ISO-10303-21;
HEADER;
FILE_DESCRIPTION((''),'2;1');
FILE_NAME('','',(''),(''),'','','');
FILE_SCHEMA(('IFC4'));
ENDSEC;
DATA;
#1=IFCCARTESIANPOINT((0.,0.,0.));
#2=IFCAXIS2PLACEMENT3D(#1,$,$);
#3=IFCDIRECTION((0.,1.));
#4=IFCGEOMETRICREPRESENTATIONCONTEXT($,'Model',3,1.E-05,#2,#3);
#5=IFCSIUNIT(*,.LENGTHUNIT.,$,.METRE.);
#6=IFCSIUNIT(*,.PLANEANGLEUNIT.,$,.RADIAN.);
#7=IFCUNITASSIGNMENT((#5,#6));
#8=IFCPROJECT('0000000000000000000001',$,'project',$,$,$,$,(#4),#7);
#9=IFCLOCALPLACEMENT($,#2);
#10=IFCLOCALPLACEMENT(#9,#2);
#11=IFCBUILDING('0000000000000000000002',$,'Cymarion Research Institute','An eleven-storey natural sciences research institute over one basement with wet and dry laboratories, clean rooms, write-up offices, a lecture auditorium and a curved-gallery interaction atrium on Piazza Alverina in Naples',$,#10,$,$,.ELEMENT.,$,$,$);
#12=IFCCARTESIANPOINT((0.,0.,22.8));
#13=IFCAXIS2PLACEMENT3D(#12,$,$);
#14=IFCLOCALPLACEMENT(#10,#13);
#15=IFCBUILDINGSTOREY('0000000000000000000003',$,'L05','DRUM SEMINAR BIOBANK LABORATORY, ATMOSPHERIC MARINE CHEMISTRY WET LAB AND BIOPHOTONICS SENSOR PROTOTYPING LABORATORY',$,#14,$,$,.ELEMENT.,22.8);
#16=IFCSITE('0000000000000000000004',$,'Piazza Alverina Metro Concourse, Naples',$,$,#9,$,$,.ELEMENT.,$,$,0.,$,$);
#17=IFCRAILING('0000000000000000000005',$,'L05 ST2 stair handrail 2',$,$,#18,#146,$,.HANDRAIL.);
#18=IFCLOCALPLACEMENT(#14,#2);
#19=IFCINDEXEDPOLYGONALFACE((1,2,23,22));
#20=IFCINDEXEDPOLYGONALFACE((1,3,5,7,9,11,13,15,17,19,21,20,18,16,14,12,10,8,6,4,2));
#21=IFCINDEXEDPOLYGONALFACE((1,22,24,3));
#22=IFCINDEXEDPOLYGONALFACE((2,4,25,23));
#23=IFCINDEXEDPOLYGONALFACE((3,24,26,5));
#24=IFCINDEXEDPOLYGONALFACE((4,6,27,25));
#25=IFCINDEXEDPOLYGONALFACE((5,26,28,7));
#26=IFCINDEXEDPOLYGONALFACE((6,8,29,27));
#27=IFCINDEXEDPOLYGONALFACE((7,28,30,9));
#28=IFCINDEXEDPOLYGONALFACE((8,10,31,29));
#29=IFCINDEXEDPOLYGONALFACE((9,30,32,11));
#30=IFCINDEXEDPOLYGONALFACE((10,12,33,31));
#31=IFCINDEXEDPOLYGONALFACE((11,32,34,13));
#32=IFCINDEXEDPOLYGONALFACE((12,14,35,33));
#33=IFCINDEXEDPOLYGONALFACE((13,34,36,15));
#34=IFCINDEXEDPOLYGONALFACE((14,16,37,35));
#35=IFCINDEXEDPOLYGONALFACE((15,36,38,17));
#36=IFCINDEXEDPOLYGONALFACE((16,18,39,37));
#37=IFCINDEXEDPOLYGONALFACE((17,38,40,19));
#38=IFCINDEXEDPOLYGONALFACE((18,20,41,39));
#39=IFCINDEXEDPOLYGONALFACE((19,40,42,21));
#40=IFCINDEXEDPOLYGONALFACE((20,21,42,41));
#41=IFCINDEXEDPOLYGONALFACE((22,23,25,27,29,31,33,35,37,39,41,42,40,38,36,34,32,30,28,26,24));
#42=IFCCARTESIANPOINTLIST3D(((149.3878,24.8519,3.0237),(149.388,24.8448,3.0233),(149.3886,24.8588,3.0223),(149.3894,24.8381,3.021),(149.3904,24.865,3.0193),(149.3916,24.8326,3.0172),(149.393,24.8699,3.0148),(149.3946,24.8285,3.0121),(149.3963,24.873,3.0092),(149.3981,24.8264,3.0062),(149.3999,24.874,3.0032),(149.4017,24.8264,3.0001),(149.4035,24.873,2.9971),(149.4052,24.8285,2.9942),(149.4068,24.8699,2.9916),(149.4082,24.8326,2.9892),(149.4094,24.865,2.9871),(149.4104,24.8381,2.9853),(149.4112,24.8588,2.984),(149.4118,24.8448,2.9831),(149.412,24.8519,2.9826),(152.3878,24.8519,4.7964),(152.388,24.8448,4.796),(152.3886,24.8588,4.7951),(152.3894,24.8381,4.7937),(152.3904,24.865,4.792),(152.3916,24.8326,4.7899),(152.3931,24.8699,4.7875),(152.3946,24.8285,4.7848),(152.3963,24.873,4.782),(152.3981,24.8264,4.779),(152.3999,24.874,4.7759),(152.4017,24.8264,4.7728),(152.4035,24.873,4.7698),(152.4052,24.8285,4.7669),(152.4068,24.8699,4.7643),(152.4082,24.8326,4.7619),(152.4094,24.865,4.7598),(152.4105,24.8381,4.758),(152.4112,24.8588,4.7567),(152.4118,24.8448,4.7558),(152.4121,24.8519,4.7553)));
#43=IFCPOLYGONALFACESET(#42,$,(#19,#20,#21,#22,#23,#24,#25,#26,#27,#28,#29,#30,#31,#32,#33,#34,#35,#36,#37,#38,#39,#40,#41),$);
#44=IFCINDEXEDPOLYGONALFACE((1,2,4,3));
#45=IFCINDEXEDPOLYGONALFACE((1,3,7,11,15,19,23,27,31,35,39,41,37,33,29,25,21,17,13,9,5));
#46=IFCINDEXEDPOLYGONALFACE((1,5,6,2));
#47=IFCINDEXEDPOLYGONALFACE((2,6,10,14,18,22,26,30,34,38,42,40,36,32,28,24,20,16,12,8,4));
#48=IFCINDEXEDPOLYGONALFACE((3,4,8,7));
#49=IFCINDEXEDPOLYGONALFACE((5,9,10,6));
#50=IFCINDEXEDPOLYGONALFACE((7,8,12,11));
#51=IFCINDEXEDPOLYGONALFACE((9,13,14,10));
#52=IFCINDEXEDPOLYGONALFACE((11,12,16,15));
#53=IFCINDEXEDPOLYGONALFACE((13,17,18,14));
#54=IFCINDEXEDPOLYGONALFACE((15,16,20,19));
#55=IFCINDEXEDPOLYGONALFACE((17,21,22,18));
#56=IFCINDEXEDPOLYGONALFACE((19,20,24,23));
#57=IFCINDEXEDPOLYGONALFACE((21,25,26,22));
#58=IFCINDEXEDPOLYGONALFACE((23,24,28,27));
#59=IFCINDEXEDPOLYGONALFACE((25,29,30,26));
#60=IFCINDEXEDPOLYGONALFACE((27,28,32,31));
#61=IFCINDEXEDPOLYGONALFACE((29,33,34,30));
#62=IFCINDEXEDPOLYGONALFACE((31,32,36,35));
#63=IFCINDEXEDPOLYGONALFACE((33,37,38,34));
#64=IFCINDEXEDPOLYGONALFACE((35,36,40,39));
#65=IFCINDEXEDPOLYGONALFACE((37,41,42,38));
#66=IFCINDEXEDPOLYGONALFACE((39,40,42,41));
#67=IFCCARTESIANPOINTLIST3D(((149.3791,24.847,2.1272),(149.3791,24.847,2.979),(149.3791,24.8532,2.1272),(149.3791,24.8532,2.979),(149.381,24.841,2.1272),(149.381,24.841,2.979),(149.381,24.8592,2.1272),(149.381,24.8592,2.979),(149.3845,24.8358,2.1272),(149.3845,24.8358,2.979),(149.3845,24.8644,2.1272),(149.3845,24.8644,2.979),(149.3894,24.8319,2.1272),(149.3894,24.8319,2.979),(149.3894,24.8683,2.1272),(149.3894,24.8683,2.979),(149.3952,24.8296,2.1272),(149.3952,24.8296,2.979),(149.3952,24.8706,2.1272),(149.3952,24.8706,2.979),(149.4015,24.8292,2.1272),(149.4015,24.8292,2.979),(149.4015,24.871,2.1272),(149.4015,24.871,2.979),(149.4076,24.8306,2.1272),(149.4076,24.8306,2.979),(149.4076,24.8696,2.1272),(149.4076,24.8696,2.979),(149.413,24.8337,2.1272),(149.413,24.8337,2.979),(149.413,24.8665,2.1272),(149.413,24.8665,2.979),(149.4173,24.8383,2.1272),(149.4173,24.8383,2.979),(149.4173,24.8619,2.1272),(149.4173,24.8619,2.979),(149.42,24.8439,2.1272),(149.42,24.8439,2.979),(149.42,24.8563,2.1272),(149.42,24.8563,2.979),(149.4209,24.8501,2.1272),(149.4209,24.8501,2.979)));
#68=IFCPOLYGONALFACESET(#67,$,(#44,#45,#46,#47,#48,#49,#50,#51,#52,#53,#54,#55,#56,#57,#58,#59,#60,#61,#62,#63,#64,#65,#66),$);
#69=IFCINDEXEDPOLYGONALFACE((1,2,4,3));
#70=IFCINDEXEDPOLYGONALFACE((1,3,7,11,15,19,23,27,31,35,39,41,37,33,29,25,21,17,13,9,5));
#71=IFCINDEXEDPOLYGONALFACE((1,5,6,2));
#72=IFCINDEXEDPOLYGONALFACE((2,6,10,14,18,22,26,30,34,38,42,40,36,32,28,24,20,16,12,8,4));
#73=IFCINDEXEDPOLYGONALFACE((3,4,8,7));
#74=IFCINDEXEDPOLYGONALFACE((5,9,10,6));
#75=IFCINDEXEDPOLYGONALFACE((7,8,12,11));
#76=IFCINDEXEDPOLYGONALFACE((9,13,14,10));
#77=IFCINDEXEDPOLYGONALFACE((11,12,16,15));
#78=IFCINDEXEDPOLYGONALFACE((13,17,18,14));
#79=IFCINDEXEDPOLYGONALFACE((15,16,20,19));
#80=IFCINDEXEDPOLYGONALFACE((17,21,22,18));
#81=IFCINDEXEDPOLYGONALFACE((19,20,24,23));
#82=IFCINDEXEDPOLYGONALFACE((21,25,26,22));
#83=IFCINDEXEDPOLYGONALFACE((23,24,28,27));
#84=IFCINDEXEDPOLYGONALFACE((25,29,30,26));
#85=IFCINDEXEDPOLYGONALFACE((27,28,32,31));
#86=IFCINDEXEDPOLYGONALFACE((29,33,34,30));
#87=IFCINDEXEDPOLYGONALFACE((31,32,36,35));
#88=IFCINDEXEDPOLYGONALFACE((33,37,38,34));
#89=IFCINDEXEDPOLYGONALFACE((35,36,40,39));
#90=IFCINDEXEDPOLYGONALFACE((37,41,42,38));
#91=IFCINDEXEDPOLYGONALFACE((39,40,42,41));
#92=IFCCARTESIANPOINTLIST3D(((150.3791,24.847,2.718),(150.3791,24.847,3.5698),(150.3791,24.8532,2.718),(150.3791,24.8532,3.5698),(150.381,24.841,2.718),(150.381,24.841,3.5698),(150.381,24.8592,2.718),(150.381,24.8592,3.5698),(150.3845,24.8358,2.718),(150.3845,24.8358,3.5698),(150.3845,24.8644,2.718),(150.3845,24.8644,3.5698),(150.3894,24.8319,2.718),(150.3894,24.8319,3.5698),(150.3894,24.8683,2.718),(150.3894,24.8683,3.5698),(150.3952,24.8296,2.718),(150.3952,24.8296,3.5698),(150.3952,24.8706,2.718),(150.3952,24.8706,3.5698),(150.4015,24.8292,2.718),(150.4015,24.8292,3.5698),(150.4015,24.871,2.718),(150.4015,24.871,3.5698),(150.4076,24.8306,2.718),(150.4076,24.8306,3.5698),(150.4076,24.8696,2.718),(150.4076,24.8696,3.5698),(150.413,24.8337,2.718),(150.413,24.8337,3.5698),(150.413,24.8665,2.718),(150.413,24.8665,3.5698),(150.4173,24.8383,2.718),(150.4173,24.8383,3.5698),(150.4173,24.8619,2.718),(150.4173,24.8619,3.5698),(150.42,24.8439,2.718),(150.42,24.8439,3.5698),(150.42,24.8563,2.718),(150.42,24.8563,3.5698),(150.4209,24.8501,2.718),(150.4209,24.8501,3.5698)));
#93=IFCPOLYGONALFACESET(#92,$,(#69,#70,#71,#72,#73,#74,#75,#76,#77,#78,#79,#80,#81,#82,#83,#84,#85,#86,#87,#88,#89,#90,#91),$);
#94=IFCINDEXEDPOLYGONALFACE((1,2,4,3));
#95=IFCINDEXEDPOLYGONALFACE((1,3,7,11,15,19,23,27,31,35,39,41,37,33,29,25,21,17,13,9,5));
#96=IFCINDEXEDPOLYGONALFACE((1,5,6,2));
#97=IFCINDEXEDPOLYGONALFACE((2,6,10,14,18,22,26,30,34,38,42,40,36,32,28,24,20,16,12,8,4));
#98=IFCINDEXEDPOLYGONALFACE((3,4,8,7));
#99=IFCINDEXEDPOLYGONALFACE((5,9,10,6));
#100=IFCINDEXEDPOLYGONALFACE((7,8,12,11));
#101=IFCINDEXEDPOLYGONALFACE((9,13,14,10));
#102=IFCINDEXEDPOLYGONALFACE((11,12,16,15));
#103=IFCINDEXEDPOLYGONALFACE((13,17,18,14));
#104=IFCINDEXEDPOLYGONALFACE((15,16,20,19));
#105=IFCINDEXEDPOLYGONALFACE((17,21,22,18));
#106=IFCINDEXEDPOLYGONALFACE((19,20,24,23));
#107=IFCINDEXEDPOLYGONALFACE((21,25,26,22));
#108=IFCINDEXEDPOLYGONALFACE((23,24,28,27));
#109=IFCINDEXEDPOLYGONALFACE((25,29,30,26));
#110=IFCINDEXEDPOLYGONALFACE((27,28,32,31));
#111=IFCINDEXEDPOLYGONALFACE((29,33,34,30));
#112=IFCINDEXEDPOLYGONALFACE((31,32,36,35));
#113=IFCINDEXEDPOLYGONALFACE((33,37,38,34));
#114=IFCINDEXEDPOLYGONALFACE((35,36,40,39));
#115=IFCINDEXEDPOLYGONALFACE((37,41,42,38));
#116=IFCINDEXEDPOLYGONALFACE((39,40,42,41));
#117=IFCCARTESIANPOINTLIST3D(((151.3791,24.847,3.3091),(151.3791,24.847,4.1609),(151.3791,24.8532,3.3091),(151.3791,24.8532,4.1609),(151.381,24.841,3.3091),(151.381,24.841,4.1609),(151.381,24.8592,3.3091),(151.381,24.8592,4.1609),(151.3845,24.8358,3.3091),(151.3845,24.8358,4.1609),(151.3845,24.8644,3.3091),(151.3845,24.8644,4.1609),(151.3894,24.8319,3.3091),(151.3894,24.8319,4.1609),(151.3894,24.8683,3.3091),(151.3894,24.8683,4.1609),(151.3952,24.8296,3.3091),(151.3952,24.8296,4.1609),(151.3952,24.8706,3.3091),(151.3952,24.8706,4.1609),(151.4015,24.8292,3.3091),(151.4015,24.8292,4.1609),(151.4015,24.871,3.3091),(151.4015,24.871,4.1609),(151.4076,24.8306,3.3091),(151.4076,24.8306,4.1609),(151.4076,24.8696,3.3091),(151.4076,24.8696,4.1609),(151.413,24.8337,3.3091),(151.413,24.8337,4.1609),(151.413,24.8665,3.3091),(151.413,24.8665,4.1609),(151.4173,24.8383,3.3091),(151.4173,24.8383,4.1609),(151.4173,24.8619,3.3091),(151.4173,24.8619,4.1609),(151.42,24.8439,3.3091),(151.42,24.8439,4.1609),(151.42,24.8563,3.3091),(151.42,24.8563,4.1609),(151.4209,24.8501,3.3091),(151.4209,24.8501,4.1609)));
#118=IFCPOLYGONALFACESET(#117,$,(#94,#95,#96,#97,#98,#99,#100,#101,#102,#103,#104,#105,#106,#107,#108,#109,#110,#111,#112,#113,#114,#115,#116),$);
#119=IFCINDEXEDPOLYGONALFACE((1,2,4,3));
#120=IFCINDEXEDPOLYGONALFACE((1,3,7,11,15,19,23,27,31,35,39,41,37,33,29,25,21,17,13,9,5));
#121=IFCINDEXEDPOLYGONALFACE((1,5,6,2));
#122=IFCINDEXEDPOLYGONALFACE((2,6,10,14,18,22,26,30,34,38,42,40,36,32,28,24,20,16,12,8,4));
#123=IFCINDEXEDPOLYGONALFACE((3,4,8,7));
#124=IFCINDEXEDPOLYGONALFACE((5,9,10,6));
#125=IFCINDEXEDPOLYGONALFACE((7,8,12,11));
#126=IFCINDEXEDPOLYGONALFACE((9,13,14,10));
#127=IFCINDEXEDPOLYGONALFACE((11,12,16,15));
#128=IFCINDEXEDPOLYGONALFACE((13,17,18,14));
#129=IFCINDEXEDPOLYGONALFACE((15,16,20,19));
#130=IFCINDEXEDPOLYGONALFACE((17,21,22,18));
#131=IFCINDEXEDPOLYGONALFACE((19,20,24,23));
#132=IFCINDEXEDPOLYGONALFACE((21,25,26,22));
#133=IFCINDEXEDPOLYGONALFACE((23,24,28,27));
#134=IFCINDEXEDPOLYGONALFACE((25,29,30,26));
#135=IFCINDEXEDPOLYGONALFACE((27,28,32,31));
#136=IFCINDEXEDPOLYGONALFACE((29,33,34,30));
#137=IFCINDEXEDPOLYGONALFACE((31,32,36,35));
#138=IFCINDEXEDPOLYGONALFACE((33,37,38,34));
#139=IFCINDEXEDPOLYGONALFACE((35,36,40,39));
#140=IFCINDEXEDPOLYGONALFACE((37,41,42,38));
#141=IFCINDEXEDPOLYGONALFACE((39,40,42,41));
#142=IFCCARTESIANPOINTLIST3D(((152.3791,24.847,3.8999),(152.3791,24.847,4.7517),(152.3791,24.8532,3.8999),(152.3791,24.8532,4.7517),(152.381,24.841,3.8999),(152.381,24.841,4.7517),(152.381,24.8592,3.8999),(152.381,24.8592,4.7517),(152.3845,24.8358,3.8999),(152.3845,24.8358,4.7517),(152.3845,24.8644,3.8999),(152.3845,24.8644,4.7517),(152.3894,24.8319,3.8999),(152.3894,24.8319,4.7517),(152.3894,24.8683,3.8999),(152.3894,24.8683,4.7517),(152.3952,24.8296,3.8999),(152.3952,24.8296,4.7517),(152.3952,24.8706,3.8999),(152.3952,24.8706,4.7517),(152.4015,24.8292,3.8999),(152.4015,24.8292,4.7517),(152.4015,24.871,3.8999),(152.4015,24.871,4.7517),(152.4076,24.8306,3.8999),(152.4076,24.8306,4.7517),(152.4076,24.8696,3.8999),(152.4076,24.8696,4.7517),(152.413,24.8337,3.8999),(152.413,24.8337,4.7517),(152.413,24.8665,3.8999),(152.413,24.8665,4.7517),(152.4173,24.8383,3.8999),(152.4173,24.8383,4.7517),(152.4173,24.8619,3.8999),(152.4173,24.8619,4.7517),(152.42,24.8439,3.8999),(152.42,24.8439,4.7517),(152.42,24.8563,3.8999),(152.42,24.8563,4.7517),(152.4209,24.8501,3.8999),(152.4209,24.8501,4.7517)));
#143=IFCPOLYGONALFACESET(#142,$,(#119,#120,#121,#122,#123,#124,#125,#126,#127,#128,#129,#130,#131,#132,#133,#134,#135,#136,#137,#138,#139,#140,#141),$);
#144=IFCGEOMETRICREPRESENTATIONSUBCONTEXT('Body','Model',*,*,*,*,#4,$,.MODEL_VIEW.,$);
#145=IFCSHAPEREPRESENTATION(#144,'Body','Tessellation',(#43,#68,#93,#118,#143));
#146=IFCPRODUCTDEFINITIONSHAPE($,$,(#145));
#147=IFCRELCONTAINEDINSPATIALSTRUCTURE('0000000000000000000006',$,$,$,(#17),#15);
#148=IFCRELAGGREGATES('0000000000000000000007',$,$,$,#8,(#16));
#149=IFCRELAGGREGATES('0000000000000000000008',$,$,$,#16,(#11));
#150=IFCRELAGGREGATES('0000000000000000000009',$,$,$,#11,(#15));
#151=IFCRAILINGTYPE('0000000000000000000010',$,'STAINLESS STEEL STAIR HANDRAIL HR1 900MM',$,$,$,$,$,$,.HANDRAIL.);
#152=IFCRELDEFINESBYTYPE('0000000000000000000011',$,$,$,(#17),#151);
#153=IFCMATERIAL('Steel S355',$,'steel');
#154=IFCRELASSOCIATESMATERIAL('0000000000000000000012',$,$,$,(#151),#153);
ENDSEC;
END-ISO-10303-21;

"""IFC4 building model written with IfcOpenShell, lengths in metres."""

from ifc_helpers import new_model, si_unit, direction, frame, origin, origin_2d, place, context, subcontext, project, spatial, circle, extrude, material, type_object, element, save


model = new_model("IFC4")

# Units and contexts
model_context = context("Model", 3, precision=1e-05, world=origin(), true_north=direction((0.0, 1.0)))
body_context = subcontext(model_context, "Body", "Model", "MODEL_VIEW")
ifc_project = project(units=[si_unit("LENGTHUNIT", "METRE"), si_unit("PLANEANGLEUNIT", "RADIAN")], contexts=[model_context])

# Site, building, storey
site_placement = place(None, origin())
site = spatial("IfcSite", under=ifc_project, at=site_placement, Name="Piazza Alverina Metro Concourse, Naples", CompositionType="ELEMENT", RefElevation=0.0)
building_placement = place(site_placement, origin())
building = spatial("IfcBuilding", under=site, at=building_placement, Name="Cymarion Research Institute", Description="An eleven-storey natural sciences research institute over one basement with wet and dry laboratories, clean rooms, write-up offices, a lecture auditorium and a curved-gallery interaction atrium on Piazza Alverina in Naples", CompositionType="ELEMENT")
storey_placement = place(building_placement, frame((0.0, 0.0, 22.8)))
storey = spatial("IfcBuildingStorey", under=building, at=storey_placement, Name="L05", Description="DRUM SEMINAR BIOBANK LABORATORY, ATMOSPHERIC MARINE CHEMISTRY WET LAB AND BIOPHOTONICS SENSOR PROTOTYPING LABORATORY", CompositionType="ELEMENT", Elevation=22.8)

# Shared definitions
ifc_material_1 = material(Name="Steel S355", Category="steel")

# Railing
railing_type_1 = type_object("IfcRailingType", Name="STAINLESS STEEL STAIR HANDRAIL HR1 900MM", PredefinedType="HANDRAIL", material=ifc_material_1)
railing_1_placement = place(storey_placement, frame((149.3999, 24.8501, 2.1272)))
element("IfcRailing", 1, at=railing_1_placement, inside=storey, type_object=railing_type_1, Name="L05 ST2 stair handrail 2", PredefinedType="HANDRAIL", context=body_context, shape_type="SweptSolid", body=[
    extrude(circle(Radius=0.0239, at=origin_2d()), frame((0.0, 0.0, 0.876), z_axis=(0.860929, 0.0, 0.508725), x_axis=(0.0, 1.0, 0.0)), (0.0, 0.0, 1.0), 3.4846),
    extrude(circle(Radius=0.021, at=origin_2d()), origin(), (0.0, 0.0, 1.0), 0.8518),
    extrude(circle(Radius=0.021, at=origin_2d()), frame((1.0, 0.0, 0.5908)), (0.0, 0.0, 1.0), 0.8518),
    extrude(circle(Radius=0.021, at=origin_2d()), frame((2.0, 0.0, 1.1819)), (0.0, 0.0, 1.0), 0.8518),
    extrude(circle(Radius=0.021, at=origin_2d()), frame((3.0, 0.0, 1.7727)), (0.0, 0.0, 1.0), 0.8518),
])

save(model, "model.ifc")
